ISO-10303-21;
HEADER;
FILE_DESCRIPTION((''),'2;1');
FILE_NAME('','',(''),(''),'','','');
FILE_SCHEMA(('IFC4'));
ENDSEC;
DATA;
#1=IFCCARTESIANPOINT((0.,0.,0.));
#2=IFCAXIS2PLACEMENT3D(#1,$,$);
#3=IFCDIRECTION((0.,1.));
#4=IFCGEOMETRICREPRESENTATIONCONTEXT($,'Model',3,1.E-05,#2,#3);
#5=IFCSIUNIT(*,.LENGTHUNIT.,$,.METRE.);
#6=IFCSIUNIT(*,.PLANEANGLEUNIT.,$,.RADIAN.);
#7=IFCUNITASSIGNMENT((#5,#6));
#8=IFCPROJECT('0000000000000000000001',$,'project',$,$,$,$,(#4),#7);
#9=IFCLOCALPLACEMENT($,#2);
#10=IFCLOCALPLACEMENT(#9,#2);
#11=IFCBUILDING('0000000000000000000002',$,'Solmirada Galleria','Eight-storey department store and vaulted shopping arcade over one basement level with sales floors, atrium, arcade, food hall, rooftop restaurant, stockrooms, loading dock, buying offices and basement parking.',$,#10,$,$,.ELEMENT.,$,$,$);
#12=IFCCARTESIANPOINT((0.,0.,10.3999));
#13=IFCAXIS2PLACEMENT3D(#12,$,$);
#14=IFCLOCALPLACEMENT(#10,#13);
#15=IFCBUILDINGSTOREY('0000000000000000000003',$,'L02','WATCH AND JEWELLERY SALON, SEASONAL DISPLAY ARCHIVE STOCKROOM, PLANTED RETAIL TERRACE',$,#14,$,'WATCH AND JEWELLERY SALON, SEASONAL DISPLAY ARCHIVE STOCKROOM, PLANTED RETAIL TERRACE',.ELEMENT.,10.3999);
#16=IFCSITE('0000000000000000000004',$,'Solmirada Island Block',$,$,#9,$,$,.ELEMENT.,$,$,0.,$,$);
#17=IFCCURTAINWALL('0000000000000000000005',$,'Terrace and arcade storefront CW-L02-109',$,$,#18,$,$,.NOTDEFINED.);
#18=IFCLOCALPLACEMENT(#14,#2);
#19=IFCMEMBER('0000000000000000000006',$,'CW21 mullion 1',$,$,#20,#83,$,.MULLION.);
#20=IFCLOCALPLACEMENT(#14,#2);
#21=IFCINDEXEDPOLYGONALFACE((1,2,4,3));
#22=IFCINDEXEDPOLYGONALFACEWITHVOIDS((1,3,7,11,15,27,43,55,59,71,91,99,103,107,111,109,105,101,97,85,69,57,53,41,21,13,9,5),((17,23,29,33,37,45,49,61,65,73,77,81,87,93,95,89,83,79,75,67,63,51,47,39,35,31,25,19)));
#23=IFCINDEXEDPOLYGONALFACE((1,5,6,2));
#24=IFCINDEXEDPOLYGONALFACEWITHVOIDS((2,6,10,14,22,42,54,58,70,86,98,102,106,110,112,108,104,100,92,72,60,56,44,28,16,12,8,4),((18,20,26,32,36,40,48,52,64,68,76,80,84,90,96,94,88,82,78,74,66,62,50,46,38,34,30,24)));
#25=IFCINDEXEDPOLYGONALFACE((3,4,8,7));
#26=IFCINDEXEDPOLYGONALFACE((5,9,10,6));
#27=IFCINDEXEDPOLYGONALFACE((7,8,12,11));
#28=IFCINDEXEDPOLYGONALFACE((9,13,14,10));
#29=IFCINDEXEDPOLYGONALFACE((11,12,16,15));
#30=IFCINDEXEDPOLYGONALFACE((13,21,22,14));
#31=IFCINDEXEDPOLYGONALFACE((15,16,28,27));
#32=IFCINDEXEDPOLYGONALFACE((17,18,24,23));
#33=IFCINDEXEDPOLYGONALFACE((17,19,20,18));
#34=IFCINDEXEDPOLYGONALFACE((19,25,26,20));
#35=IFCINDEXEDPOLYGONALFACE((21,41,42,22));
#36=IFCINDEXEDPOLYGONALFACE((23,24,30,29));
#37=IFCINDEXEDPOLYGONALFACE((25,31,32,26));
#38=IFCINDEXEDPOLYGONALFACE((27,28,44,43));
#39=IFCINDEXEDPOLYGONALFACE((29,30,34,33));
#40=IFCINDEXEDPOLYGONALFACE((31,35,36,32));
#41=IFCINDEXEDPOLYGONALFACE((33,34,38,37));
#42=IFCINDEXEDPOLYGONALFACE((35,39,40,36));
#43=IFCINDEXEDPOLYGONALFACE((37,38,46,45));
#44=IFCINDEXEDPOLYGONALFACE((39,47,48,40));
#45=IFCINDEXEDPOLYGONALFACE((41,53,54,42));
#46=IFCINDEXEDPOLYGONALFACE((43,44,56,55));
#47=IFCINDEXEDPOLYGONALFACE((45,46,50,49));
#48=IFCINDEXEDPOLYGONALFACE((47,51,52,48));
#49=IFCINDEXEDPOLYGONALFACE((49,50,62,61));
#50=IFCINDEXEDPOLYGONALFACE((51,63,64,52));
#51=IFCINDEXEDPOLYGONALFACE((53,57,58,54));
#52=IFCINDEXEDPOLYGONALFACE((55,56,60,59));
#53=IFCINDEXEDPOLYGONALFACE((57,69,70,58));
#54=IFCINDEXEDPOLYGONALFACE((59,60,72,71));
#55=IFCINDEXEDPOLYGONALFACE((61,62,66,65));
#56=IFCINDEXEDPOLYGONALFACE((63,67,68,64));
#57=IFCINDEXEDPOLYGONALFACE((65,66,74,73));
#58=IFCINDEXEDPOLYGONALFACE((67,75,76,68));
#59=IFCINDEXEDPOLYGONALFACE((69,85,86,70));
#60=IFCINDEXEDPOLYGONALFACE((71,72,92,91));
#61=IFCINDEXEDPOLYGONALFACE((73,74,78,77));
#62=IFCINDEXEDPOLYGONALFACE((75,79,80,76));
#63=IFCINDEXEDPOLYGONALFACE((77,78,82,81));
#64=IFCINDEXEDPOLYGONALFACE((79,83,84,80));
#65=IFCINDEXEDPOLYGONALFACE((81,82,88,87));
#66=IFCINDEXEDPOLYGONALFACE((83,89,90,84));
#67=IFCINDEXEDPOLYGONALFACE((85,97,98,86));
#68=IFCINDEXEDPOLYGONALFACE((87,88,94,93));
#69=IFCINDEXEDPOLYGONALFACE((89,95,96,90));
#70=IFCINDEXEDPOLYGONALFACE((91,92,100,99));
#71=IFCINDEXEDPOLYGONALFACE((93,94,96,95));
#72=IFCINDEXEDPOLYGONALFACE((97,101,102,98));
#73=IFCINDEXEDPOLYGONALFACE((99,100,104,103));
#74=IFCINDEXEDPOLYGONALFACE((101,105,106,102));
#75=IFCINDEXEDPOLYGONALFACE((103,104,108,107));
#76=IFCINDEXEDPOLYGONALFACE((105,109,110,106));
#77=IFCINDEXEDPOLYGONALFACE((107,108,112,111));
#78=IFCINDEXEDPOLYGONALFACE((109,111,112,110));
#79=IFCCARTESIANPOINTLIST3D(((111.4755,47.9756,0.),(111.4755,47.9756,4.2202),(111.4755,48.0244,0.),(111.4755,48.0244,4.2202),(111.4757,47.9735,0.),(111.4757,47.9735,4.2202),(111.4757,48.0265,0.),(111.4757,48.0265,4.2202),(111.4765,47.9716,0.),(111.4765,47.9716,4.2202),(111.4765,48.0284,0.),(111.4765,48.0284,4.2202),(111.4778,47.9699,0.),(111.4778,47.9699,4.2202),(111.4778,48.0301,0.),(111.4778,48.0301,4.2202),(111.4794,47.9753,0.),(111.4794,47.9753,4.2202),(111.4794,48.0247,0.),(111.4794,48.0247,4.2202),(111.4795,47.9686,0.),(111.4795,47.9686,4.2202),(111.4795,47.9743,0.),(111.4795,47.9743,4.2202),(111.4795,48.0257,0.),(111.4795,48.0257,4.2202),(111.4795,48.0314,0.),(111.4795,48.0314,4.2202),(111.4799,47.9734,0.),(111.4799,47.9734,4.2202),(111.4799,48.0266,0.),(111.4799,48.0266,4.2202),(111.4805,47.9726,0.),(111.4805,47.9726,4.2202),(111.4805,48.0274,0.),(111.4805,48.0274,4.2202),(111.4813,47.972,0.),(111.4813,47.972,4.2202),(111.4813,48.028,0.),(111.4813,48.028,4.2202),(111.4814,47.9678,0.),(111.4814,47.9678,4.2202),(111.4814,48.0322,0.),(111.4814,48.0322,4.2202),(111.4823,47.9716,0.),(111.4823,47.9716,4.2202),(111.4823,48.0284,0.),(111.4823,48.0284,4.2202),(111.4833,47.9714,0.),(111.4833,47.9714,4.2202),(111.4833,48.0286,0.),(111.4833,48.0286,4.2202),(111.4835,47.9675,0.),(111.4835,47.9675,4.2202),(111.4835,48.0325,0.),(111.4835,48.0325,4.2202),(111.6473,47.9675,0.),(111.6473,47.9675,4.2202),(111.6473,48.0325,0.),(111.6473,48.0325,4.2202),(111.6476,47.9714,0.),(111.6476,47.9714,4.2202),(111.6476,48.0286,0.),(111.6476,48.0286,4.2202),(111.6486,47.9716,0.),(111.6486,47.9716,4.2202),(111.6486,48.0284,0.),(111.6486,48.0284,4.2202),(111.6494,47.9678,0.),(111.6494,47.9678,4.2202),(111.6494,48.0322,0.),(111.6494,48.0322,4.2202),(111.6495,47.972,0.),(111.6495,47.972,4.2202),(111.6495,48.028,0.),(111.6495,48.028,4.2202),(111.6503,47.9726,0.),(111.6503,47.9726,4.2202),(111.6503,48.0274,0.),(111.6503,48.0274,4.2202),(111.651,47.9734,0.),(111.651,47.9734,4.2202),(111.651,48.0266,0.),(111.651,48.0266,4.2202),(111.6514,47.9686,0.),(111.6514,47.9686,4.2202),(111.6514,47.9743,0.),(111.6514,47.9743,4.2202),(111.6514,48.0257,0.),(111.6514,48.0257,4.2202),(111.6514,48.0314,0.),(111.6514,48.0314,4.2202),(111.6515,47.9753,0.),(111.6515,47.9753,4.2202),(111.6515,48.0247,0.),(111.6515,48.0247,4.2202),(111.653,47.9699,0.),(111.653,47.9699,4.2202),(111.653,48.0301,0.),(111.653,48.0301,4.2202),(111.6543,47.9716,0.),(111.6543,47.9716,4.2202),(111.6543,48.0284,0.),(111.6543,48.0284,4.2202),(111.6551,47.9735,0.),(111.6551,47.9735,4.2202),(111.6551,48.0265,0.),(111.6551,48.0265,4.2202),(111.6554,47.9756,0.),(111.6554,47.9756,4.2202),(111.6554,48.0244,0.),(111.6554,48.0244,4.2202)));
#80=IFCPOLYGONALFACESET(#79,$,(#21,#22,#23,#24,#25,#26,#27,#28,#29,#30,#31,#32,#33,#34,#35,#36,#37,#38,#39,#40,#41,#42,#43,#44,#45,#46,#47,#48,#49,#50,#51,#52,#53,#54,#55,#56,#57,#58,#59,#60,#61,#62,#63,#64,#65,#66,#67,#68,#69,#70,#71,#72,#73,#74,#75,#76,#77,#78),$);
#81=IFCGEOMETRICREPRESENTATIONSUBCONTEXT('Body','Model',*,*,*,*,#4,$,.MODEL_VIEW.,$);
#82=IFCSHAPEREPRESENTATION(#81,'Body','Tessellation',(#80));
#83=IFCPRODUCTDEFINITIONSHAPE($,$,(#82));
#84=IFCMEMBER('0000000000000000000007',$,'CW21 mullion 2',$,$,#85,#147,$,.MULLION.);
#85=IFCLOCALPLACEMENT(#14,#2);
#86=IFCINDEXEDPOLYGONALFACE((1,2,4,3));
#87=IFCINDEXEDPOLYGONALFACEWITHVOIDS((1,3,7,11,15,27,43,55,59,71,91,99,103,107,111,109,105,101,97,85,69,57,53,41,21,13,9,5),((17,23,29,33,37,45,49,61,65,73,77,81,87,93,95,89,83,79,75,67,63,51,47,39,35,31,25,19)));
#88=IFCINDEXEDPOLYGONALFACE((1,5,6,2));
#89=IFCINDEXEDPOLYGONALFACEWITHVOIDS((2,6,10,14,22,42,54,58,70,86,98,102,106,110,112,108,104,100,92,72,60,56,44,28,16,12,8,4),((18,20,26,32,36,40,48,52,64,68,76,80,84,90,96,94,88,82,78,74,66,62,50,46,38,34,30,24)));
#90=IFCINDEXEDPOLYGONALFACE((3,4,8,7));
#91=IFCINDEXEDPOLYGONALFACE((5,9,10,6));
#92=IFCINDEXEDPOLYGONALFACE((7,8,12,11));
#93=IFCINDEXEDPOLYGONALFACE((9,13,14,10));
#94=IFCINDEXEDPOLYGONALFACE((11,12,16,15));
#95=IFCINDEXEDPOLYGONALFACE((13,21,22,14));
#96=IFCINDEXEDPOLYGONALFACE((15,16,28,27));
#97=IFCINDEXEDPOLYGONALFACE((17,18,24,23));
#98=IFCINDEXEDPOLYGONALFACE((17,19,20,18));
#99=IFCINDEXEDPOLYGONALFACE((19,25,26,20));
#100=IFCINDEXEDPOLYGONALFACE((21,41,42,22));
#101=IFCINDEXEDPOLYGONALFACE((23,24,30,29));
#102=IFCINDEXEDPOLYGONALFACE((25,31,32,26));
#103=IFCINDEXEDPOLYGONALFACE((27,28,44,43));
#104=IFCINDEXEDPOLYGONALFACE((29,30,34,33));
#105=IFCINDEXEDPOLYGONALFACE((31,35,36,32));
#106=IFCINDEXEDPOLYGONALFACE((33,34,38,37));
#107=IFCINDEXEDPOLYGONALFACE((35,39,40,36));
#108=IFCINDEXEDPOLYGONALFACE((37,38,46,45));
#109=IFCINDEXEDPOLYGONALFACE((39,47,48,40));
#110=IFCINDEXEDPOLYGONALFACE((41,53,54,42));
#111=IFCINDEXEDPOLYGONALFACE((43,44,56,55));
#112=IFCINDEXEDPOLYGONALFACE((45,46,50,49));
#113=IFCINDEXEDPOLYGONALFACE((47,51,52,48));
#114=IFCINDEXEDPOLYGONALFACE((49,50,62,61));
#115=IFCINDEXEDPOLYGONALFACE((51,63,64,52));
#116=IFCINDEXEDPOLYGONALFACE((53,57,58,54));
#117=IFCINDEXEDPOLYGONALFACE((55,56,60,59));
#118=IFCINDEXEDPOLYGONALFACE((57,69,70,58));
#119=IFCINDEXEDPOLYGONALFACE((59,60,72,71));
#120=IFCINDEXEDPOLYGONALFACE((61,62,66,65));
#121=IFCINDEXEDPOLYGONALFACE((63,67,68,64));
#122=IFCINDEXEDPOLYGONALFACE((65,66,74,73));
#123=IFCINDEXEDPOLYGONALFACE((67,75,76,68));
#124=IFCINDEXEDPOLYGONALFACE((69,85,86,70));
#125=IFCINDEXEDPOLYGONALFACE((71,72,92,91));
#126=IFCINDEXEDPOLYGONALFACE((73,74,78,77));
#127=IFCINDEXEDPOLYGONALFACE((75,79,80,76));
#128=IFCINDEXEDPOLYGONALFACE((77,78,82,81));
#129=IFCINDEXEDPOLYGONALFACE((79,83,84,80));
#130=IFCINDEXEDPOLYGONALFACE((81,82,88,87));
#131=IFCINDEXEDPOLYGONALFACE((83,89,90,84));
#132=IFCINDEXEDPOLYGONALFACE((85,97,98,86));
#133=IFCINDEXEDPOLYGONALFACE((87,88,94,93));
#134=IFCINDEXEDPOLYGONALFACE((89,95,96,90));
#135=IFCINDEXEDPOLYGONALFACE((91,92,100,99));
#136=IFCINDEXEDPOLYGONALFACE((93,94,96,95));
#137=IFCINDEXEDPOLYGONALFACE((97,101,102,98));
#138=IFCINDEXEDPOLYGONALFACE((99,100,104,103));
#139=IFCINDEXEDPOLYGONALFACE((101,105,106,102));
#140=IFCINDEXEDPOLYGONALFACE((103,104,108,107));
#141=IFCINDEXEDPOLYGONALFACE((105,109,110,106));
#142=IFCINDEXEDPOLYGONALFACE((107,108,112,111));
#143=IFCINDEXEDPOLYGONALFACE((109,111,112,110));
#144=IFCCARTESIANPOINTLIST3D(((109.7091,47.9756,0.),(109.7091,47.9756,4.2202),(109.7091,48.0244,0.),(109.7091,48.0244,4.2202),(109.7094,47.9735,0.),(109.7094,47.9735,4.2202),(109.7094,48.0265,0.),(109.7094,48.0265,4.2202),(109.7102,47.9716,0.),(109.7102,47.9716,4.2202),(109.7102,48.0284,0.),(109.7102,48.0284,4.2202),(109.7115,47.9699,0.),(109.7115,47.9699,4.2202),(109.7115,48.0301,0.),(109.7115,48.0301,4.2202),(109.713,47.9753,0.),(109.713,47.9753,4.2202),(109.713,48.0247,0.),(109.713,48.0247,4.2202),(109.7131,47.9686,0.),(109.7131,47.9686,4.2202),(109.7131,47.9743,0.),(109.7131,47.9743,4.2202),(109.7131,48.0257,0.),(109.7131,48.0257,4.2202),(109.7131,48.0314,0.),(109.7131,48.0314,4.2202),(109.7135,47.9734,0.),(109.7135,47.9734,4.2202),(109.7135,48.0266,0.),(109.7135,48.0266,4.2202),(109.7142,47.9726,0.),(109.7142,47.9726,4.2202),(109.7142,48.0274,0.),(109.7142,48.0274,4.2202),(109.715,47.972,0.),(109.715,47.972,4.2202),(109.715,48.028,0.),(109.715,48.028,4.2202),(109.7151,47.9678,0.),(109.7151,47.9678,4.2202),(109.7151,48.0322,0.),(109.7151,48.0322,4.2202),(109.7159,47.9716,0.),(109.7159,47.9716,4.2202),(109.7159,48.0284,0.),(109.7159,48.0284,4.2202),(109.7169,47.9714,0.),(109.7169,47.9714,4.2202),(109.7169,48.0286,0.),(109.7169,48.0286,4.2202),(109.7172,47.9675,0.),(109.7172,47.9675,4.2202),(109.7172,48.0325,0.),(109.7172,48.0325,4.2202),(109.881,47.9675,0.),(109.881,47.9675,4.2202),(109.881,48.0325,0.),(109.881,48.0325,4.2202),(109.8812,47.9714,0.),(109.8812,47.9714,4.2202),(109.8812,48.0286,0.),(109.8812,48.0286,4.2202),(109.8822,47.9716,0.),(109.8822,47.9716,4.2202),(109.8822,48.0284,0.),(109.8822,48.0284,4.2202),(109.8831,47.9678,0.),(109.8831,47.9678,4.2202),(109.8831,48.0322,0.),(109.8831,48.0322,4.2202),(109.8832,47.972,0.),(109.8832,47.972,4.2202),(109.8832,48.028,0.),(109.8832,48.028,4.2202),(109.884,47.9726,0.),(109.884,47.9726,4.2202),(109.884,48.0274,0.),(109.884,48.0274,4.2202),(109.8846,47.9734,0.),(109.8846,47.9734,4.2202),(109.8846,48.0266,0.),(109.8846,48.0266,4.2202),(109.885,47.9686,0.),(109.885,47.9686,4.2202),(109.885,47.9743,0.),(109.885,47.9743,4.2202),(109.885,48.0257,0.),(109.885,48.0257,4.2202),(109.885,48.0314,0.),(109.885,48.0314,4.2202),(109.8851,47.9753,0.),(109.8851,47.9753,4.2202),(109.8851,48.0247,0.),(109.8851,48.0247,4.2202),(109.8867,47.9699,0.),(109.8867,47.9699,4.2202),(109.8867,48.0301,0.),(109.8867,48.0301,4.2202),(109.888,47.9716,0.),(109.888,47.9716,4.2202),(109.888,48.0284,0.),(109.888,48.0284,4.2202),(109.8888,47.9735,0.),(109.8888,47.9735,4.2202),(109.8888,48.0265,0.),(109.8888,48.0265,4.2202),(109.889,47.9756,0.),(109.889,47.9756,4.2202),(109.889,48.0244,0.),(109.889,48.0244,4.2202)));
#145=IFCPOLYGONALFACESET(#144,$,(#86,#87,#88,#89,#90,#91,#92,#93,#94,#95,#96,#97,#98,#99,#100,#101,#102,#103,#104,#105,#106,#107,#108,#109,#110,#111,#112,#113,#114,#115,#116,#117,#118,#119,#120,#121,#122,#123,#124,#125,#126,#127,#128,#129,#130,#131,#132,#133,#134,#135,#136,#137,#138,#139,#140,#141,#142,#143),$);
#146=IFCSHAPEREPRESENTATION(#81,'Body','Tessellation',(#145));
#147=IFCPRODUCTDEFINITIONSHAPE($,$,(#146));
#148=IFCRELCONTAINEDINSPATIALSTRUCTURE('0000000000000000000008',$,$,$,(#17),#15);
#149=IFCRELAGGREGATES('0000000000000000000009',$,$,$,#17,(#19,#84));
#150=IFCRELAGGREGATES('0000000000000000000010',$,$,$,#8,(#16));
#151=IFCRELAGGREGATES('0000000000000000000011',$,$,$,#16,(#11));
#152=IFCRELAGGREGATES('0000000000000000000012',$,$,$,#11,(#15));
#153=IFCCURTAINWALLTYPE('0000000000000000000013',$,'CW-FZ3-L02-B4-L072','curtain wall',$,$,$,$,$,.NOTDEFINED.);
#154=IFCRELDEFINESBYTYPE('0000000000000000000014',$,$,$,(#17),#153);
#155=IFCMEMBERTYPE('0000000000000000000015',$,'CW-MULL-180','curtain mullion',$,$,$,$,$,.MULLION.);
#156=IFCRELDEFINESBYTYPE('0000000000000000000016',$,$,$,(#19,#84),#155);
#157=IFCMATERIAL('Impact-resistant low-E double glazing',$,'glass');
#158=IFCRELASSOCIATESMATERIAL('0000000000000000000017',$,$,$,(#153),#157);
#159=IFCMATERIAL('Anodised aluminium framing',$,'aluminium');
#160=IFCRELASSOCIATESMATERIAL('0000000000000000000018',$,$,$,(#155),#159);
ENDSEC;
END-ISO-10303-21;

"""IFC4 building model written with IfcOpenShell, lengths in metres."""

from ifc_helpers import new_model, si_unit, direction, frame, origin, origin_2d, place, context, subcontext, project, spatial, hollow_rectangle, extrude, material, material_profile, profile_set, type_object, element, aggregate, save


model = new_model("IFC4")

# Units and contexts
model_context = context("Model", 3, precision=1e-05, world=origin(), true_north=direction((0.0, 1.0)))
body_context = subcontext(model_context, "Body", "Model", "MODEL_VIEW")
ifc_project = project(units=[si_unit("LENGTHUNIT", "METRE"), si_unit("PLANEANGLEUNIT", "RADIAN")], contexts=[model_context])

# Site, building, storey
site_placement = place(None, origin())
site = spatial("IfcSite", under=ifc_project, at=site_placement, Name="Solmirada Island Block", CompositionType="ELEMENT", RefElevation=0.0)
building_placement = place(site_placement, origin())
building = spatial("IfcBuilding", under=site, at=building_placement, Name="Solmirada Galleria", Description="Eight-storey department store and vaulted shopping arcade over one basement level with sales floors, atrium, arcade, food hall, rooftop restaurant, stockrooms, loading dock, buying offices and basement parking.", CompositionType="ELEMENT")
storey_placement = place(building_placement, frame((0.0, 0.0, 10.3999)))
storey = spatial("IfcBuildingStorey", under=building, at=storey_placement, Name="L02", Description="WATCH AND JEWELLERY SALON, SEASONAL DISPLAY ARCHIVE STOCKROOM, PLANTED RETAIL TERRACE", LongName="WATCH AND JEWELLERY SALON, SEASONAL DISPLAY ARCHIVE STOCKROOM, PLANTED RETAIL TERRACE", CompositionType="ELEMENT", Elevation=10.3999)

# Curtain wall, members
ifc_material_1 = material(Name="Impact-resistant low-E double glazing", Category="glass")
curtain_wall_type = type_object("IfcCurtainWallType", Name="CW-FZ3-L02-B4-L072", Description="curtain wall", PredefinedType="NOTDEFINED", material=ifc_material_1)
ifc_material_2 = material(Name="Anodised aluminium framing", Category="aluminium")
ifc_material_profile_1 = material_profile(ifc_material_2, hollow_rectangle(XDim=0.0649, YDim=0.1799, WallThickness=0.0039, InnerFilletRadius=0.0039, OuterFilletRadius=0.0081, at=origin_2d()), Name="ALU-MULL-180X65")
ifc_profile_set_1 = profile_set([ifc_material_profile_1], Name="Anodised aluminium framing")
member_type_1 = type_object("IfcMemberType", Name="CW-MULL-180", Description="curtain mullion", PredefinedType="MULLION", material=ifc_profile_set_1)
curtain_wall_1_placement = place(storey_placement, origin())
curtain_wall_1 = element("IfcCurtainWall", 1, at=curtain_wall_1_placement, inside=storey, type_object=curtain_wall_type, Name="Terrace and arcade storefront CW-L02-109", PredefinedType="NOTDEFINED")
member_1_placement = place(storey_placement, frame((111.5654, 48.0, 0.0), z_axis=(0.0, 0.0, 1.0), x_axis=(0.0, -1.0, 0.0)))
member_1 = element("IfcMember", 2, at=member_1_placement, type_object=member_type_1, Name="CW21 mullion 1", PredefinedType="MULLION", context=body_context, shape_type="SweptSolid", body=[
    extrude(hollow_rectangle(XDim=0.0649, YDim=0.1799, WallThickness=0.0039, InnerFilletRadius=0.0039, OuterFilletRadius=0.0081, at=origin_2d()), origin(), (0.0, 0.0, 1.0), 4.2202),
])
member_2_placement = place(storey_placement, frame((109.7991, 48.0, 0.0), z_axis=(0.0, 0.0, 1.0), x_axis=(0.0, -1.0, 0.0)))
member_2 = element("IfcMember", 3, at=member_2_placement, type_object=member_type_1, Name="CW21 mullion 2", PredefinedType="MULLION", context=body_context, shape_type="SweptSolid", body=[
    extrude(hollow_rectangle(XDim=0.0649, YDim=0.1799, WallThickness=0.0039, InnerFilletRadius=0.0039, OuterFilletRadius=0.0081, at=origin_2d()), origin(), (0.0, 0.0, 1.0), 4.2202),
])

aggregate(curtain_wall_1, [member_1, member_2])

save(model, "model.ifc")
